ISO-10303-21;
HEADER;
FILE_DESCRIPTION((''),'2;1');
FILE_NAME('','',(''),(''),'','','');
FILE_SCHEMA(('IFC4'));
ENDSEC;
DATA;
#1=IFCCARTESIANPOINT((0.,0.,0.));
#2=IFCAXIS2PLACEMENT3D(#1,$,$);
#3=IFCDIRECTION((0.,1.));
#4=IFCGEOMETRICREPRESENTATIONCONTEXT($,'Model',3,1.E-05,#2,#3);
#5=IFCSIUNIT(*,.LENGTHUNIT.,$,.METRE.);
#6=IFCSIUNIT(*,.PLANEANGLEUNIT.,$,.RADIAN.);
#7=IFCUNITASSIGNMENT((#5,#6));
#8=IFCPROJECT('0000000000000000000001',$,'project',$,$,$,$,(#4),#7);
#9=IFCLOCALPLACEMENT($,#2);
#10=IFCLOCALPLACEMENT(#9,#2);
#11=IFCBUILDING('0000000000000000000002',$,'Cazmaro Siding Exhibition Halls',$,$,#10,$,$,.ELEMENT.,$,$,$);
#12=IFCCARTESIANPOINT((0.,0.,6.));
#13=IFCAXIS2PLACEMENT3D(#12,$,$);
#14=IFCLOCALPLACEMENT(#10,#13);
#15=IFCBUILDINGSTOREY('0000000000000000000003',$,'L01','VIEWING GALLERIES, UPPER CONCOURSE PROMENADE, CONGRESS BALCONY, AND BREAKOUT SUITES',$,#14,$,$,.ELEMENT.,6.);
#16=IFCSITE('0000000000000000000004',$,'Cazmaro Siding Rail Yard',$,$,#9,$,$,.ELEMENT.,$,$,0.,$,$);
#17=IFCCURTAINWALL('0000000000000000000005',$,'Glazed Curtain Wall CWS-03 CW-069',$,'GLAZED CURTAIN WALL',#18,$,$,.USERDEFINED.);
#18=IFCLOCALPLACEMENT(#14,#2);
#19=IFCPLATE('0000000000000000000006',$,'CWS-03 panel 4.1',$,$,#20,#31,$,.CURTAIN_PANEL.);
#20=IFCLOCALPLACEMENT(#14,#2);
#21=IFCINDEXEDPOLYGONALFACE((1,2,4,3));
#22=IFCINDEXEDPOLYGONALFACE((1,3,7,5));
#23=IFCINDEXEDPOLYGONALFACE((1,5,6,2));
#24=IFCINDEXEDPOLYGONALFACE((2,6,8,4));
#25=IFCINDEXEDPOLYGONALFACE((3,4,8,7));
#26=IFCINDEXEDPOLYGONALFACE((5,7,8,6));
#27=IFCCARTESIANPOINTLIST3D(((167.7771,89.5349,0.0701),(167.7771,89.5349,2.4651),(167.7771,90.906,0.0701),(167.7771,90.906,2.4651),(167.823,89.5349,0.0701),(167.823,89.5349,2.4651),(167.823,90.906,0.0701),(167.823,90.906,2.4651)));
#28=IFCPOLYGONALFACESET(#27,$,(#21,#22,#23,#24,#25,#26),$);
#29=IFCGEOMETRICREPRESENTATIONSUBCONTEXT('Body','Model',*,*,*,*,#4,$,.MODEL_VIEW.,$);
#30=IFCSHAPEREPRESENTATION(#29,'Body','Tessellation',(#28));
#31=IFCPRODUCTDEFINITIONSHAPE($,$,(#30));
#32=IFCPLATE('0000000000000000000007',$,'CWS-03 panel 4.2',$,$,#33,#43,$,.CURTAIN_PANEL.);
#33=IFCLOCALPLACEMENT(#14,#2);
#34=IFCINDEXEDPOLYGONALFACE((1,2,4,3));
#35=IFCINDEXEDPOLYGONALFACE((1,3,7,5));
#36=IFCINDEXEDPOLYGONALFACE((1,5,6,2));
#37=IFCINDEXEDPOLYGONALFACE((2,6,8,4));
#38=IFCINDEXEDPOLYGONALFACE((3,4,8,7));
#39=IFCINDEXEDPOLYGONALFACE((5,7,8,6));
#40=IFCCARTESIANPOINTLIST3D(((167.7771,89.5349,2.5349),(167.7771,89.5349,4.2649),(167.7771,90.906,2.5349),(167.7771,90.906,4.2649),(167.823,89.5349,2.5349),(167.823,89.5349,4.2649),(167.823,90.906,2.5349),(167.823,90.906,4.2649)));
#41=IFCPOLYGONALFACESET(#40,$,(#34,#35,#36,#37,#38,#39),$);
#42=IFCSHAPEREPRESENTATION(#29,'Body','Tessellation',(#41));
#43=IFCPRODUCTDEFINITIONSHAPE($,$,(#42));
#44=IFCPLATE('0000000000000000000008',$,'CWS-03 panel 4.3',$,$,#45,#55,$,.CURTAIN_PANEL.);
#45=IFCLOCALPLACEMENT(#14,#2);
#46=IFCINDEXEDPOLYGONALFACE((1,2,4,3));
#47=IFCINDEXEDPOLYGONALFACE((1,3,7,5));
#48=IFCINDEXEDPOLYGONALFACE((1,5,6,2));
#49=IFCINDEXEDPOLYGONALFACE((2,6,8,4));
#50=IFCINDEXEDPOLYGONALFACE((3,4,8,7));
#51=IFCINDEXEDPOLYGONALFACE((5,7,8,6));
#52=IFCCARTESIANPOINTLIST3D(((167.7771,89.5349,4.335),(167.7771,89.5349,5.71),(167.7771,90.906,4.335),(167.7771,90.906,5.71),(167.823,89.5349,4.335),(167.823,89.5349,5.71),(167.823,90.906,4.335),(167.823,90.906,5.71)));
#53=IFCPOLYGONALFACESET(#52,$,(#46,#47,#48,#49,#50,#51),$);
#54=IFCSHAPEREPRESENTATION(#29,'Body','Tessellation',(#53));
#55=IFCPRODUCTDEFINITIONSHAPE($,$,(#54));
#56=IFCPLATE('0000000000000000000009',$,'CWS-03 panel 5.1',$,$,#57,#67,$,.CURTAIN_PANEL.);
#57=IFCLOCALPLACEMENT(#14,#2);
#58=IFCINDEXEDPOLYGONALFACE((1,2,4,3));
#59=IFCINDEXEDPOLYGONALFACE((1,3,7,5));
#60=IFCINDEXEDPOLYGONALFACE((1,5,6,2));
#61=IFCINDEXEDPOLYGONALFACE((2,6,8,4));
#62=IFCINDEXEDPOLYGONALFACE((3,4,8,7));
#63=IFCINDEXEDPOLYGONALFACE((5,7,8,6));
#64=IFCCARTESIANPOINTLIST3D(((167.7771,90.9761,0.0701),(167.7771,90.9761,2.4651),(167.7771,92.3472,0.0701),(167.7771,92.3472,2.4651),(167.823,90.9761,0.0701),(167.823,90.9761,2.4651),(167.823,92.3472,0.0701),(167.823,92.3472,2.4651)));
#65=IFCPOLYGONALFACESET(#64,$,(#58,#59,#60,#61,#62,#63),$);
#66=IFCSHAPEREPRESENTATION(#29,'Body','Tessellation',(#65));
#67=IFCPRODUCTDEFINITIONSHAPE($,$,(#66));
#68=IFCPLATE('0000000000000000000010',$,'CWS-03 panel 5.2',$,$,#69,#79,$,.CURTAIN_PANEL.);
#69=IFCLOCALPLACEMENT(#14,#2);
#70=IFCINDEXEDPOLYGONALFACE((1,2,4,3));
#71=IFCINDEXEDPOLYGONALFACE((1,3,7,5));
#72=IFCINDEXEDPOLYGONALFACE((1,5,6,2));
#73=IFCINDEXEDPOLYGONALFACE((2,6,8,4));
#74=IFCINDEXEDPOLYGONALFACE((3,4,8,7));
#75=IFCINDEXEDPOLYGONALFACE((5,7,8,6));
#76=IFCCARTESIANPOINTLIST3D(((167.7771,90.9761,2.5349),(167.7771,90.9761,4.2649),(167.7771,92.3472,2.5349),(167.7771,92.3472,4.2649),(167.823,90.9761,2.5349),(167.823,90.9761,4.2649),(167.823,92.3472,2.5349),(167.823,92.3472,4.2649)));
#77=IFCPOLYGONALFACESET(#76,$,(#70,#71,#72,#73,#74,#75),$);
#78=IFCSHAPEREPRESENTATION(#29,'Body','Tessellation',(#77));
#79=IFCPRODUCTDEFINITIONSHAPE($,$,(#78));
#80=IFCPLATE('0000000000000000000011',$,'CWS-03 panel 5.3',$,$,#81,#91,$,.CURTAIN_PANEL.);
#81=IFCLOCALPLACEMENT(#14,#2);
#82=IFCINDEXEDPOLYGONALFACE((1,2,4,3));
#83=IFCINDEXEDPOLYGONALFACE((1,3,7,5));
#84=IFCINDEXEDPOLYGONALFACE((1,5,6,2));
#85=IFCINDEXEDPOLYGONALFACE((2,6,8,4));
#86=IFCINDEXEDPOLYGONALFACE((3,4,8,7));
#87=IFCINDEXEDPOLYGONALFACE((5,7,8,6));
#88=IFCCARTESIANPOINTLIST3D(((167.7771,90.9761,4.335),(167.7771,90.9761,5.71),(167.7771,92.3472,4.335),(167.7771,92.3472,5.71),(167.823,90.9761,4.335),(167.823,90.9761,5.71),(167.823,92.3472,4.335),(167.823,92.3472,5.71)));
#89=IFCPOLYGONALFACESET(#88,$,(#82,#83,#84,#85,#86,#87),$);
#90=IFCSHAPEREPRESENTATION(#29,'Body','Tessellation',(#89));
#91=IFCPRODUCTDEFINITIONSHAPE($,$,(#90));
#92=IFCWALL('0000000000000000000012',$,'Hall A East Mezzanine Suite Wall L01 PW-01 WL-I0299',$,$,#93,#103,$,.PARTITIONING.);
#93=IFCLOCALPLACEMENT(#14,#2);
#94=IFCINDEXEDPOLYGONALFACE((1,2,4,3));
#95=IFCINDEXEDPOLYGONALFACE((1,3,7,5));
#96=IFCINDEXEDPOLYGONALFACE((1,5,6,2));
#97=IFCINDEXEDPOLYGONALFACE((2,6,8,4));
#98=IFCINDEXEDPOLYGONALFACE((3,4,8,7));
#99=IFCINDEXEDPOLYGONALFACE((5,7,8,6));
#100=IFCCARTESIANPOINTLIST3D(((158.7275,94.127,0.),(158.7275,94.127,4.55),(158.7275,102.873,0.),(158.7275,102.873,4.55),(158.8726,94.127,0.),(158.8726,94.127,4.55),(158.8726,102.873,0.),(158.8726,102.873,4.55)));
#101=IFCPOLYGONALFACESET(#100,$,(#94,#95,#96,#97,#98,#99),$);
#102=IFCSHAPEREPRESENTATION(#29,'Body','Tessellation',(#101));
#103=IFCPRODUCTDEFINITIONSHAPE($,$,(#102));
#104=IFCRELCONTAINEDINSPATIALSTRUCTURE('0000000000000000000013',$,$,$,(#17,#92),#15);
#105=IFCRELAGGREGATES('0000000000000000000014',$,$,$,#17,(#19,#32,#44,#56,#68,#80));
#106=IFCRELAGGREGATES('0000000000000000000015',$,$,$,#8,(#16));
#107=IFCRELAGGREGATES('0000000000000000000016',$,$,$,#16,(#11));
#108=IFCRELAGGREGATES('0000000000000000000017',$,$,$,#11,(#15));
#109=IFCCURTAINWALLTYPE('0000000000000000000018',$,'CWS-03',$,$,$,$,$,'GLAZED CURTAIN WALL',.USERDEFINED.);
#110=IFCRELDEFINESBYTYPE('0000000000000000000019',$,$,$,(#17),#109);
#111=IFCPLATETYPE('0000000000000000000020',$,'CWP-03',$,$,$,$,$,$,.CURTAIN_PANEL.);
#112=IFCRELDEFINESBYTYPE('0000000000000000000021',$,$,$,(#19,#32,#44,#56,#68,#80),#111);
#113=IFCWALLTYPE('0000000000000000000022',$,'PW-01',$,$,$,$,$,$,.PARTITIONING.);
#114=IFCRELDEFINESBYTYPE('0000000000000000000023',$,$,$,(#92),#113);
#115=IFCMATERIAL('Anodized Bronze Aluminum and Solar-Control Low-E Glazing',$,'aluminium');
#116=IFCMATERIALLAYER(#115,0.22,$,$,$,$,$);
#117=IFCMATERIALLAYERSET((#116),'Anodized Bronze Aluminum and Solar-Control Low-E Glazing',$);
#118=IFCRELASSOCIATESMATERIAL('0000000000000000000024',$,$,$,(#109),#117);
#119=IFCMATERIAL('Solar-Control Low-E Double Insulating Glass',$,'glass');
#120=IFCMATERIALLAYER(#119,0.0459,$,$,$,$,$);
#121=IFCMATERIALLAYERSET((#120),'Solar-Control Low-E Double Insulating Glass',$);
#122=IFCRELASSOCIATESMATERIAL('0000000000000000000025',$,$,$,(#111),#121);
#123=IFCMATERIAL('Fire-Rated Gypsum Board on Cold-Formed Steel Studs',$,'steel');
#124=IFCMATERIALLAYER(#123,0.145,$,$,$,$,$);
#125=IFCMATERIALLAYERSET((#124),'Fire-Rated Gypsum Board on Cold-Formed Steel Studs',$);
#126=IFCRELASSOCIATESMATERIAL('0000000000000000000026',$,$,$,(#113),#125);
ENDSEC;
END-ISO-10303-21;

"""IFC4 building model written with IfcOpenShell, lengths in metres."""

from ifc_helpers import new_model, si_unit, direction, frame, frame_2d, origin, origin_2d, place, context, subcontext, project, spatial, rectangle, extrude, material, layer, layer_set, type_object, element, aggregate, save


model = new_model("IFC4")

# Units and contexts
model_context = context("Model", 3, precision=1e-05, world=origin(), true_north=direction((0.0, 1.0)))
body_context = subcontext(model_context, "Body", "Model", "MODEL_VIEW")
ifc_project = project(units=[si_unit("LENGTHUNIT", "METRE"), si_unit("PLANEANGLEUNIT", "RADIAN")], contexts=[model_context])

# Site, building, storey
site_placement = place(None, origin())
site = spatial("IfcSite", under=ifc_project, at=site_placement, Name="Cazmaro Siding Rail Yard", CompositionType="ELEMENT", RefElevation=0.0)
building_placement = place(site_placement, origin())
building = spatial("IfcBuilding", under=site, at=building_placement, Name="Cazmaro Siding Exhibition Halls", CompositionType="ELEMENT")
storey_placement = place(building_placement, frame((0.0, 0.0, 6.0)))
storey = spatial("IfcBuildingStorey", under=building, at=storey_placement, Name="L01", Description="VIEWING GALLERIES, UPPER CONCOURSE PROMENADE, CONGRESS BALCONY, AND BREAKOUT SUITES", CompositionType="ELEMENT", Elevation=6.0)

# Curtain wall
ifc_material_1 = material(Name="Anodized Bronze Aluminum and Solar-Control Low-E Glazing", Category="aluminium")
ifc_layer_1 = layer(ifc_material_1, 0.22)
ifc_layer_set_1 = layer_set([ifc_layer_1], Name="Anodized Bronze Aluminum and Solar-Control Low-E Glazing")
curtain_wall_type = type_object("IfcCurtainWallType", Name="CWS-03", ElementType="GLAZED CURTAIN WALL", PredefinedType="USERDEFINED", material=ifc_layer_set_1)
curtain_wall_placement = place(storey_placement, origin())
curtain_wall = element("IfcCurtainWall", 1, at=curtain_wall_placement, inside=storey, type_object=curtain_wall_type, Name="Glazed Curtain Wall CWS-03 CW-069", ObjectType="GLAZED CURTAIN WALL", PredefinedType="USERDEFINED")

# Plates
ifc_material_2 = material(Name="Solar-Control Low-E Double Insulating Glass", Category="glass")
ifc_layer_2 = layer(ifc_material_2, 0.0459)
ifc_layer_set_2 = layer_set([ifc_layer_2], Name="Solar-Control Low-E Double Insulating Glass")
plate_type = type_object("IfcPlateType", Name="CWP-03", PredefinedType="CURTAIN_PANEL", material=ifc_layer_set_2)
plate_1_placement = place(storey_placement, frame((167.8, 90.2205, 0.0701), z_axis=(0.0, 0.0, 1.0), x_axis=(0.0, 1.0, 0.0)))
plate_1 = element("IfcPlate", 2, at=plate_1_placement, type_object=plate_type, Name="CWS-03 panel 4.1", PredefinedType="CURTAIN_PANEL", context=body_context, shape_type="SweptSolid", body=[
    extrude(rectangle(XDim=1.3711, YDim=0.0459, at=origin_2d()), origin(), (0.0, 0.0, 1.0), 2.395),
])
plate_2_placement = place(storey_placement, frame((167.8, 90.2205, 2.5349), z_axis=(0.0, 0.0, 1.0), x_axis=(0.0, 1.0, 0.0)))
plate_2 = element("IfcPlate", 3, at=plate_2_placement, type_object=plate_type, Name="CWS-03 panel 4.2", PredefinedType="CURTAIN_PANEL", context=body_context, shape_type="SweptSolid", body=[
    extrude(rectangle(XDim=1.3711, YDim=0.0459, at=origin_2d()), origin(), (0.0, 0.0, 1.0), 1.73),
])
plate_3_placement = place(storey_placement, frame((167.8, 90.2205, 4.335), z_axis=(0.0, 0.0, 1.0), x_axis=(0.0, 1.0, 0.0)))
plate_3 = element("IfcPlate", 4, at=plate_3_placement, type_object=plate_type, Name="CWS-03 panel 4.3", PredefinedType="CURTAIN_PANEL", context=body_context, shape_type="SweptSolid", body=[
    extrude(rectangle(XDim=1.3711, YDim=0.0459, at=origin_2d()), origin(), (0.0, 0.0, 1.0), 1.375),
])
plate_4_placement = place(storey_placement, frame((167.8, 91.6616, 0.0701), z_axis=(0.0, 0.0, 1.0), x_axis=(0.0, 1.0, 0.0)))
plate_4 = element("IfcPlate", 5, at=plate_4_placement, type_object=plate_type, Name="CWS-03 panel 5.1", PredefinedType="CURTAIN_PANEL", context=body_context, shape_type="SweptSolid", body=[
    extrude(rectangle(XDim=1.3711, YDim=0.0459, at=origin_2d()), origin(), (0.0, 0.0, 1.0), 2.395),
])
plate_5_placement = place(storey_placement, frame((167.8, 91.6616, 2.5349), z_axis=(0.0, 0.0, 1.0), x_axis=(0.0, 1.0, 0.0)))
plate_5 = element("IfcPlate", 6, at=plate_5_placement, type_object=plate_type, Name="CWS-03 panel 5.2", PredefinedType="CURTAIN_PANEL", context=body_context, shape_type="SweptSolid", body=[
    extrude(rectangle(XDim=1.3711, YDim=0.0459, at=origin_2d()), origin(), (0.0, 0.0, 1.0), 1.73),
])
plate_6_placement = place(storey_placement, frame((167.8, 91.6616, 4.335), z_axis=(0.0, 0.0, 1.0), x_axis=(0.0, 1.0, 0.0)))
plate_6 = element("IfcPlate", 7, at=plate_6_placement, type_object=plate_type, Name="CWS-03 panel 5.3", PredefinedType="CURTAIN_PANEL", context=body_context, shape_type="SweptSolid", body=[
    extrude(rectangle(XDim=1.3711, YDim=0.0459, at=origin_2d()), origin(), (0.0, 0.0, 1.0), 1.375),
])
aggregate(curtain_wall, [plate_1, plate_2, plate_3, plate_4, plate_5, plate_6])

# Wall
ifc_material_3 = material(Name="Fire-Rated Gypsum Board on Cold-Formed Steel Studs", Category="steel")
ifc_layer_3 = layer(ifc_material_3, 0.145)
ifc_layer_set_3 = layer_set([ifc_layer_3], Name="Fire-Rated Gypsum Board on Cold-Formed Steel Studs")
wall_type = type_object("IfcWallType", Name="PW-01", PredefinedType="PARTITIONING", material=ifc_layer_set_3)
wall_placement = place(storey_placement, frame((158.8, 94.127, 0.0), z_axis=(0.0, 0.0, 1.0), x_axis=(0.0, 1.0, 0.0)))
element("IfcWall", 8, at=wall_placement, inside=storey, type_object=wall_type, Name="Hall A East Mezzanine Suite Wall L01 PW-01 WL-I0299", PredefinedType="PARTITIONING", context=body_context, shape_type="SweptSolid", body=[
    extrude(rectangle(XDim=8.7461, YDim=0.145, at=frame_2d((4.373, 0.0))), origin(), (0.0, 0.0, 1.0), 4.55),
])

save(model, "model.ifc")
